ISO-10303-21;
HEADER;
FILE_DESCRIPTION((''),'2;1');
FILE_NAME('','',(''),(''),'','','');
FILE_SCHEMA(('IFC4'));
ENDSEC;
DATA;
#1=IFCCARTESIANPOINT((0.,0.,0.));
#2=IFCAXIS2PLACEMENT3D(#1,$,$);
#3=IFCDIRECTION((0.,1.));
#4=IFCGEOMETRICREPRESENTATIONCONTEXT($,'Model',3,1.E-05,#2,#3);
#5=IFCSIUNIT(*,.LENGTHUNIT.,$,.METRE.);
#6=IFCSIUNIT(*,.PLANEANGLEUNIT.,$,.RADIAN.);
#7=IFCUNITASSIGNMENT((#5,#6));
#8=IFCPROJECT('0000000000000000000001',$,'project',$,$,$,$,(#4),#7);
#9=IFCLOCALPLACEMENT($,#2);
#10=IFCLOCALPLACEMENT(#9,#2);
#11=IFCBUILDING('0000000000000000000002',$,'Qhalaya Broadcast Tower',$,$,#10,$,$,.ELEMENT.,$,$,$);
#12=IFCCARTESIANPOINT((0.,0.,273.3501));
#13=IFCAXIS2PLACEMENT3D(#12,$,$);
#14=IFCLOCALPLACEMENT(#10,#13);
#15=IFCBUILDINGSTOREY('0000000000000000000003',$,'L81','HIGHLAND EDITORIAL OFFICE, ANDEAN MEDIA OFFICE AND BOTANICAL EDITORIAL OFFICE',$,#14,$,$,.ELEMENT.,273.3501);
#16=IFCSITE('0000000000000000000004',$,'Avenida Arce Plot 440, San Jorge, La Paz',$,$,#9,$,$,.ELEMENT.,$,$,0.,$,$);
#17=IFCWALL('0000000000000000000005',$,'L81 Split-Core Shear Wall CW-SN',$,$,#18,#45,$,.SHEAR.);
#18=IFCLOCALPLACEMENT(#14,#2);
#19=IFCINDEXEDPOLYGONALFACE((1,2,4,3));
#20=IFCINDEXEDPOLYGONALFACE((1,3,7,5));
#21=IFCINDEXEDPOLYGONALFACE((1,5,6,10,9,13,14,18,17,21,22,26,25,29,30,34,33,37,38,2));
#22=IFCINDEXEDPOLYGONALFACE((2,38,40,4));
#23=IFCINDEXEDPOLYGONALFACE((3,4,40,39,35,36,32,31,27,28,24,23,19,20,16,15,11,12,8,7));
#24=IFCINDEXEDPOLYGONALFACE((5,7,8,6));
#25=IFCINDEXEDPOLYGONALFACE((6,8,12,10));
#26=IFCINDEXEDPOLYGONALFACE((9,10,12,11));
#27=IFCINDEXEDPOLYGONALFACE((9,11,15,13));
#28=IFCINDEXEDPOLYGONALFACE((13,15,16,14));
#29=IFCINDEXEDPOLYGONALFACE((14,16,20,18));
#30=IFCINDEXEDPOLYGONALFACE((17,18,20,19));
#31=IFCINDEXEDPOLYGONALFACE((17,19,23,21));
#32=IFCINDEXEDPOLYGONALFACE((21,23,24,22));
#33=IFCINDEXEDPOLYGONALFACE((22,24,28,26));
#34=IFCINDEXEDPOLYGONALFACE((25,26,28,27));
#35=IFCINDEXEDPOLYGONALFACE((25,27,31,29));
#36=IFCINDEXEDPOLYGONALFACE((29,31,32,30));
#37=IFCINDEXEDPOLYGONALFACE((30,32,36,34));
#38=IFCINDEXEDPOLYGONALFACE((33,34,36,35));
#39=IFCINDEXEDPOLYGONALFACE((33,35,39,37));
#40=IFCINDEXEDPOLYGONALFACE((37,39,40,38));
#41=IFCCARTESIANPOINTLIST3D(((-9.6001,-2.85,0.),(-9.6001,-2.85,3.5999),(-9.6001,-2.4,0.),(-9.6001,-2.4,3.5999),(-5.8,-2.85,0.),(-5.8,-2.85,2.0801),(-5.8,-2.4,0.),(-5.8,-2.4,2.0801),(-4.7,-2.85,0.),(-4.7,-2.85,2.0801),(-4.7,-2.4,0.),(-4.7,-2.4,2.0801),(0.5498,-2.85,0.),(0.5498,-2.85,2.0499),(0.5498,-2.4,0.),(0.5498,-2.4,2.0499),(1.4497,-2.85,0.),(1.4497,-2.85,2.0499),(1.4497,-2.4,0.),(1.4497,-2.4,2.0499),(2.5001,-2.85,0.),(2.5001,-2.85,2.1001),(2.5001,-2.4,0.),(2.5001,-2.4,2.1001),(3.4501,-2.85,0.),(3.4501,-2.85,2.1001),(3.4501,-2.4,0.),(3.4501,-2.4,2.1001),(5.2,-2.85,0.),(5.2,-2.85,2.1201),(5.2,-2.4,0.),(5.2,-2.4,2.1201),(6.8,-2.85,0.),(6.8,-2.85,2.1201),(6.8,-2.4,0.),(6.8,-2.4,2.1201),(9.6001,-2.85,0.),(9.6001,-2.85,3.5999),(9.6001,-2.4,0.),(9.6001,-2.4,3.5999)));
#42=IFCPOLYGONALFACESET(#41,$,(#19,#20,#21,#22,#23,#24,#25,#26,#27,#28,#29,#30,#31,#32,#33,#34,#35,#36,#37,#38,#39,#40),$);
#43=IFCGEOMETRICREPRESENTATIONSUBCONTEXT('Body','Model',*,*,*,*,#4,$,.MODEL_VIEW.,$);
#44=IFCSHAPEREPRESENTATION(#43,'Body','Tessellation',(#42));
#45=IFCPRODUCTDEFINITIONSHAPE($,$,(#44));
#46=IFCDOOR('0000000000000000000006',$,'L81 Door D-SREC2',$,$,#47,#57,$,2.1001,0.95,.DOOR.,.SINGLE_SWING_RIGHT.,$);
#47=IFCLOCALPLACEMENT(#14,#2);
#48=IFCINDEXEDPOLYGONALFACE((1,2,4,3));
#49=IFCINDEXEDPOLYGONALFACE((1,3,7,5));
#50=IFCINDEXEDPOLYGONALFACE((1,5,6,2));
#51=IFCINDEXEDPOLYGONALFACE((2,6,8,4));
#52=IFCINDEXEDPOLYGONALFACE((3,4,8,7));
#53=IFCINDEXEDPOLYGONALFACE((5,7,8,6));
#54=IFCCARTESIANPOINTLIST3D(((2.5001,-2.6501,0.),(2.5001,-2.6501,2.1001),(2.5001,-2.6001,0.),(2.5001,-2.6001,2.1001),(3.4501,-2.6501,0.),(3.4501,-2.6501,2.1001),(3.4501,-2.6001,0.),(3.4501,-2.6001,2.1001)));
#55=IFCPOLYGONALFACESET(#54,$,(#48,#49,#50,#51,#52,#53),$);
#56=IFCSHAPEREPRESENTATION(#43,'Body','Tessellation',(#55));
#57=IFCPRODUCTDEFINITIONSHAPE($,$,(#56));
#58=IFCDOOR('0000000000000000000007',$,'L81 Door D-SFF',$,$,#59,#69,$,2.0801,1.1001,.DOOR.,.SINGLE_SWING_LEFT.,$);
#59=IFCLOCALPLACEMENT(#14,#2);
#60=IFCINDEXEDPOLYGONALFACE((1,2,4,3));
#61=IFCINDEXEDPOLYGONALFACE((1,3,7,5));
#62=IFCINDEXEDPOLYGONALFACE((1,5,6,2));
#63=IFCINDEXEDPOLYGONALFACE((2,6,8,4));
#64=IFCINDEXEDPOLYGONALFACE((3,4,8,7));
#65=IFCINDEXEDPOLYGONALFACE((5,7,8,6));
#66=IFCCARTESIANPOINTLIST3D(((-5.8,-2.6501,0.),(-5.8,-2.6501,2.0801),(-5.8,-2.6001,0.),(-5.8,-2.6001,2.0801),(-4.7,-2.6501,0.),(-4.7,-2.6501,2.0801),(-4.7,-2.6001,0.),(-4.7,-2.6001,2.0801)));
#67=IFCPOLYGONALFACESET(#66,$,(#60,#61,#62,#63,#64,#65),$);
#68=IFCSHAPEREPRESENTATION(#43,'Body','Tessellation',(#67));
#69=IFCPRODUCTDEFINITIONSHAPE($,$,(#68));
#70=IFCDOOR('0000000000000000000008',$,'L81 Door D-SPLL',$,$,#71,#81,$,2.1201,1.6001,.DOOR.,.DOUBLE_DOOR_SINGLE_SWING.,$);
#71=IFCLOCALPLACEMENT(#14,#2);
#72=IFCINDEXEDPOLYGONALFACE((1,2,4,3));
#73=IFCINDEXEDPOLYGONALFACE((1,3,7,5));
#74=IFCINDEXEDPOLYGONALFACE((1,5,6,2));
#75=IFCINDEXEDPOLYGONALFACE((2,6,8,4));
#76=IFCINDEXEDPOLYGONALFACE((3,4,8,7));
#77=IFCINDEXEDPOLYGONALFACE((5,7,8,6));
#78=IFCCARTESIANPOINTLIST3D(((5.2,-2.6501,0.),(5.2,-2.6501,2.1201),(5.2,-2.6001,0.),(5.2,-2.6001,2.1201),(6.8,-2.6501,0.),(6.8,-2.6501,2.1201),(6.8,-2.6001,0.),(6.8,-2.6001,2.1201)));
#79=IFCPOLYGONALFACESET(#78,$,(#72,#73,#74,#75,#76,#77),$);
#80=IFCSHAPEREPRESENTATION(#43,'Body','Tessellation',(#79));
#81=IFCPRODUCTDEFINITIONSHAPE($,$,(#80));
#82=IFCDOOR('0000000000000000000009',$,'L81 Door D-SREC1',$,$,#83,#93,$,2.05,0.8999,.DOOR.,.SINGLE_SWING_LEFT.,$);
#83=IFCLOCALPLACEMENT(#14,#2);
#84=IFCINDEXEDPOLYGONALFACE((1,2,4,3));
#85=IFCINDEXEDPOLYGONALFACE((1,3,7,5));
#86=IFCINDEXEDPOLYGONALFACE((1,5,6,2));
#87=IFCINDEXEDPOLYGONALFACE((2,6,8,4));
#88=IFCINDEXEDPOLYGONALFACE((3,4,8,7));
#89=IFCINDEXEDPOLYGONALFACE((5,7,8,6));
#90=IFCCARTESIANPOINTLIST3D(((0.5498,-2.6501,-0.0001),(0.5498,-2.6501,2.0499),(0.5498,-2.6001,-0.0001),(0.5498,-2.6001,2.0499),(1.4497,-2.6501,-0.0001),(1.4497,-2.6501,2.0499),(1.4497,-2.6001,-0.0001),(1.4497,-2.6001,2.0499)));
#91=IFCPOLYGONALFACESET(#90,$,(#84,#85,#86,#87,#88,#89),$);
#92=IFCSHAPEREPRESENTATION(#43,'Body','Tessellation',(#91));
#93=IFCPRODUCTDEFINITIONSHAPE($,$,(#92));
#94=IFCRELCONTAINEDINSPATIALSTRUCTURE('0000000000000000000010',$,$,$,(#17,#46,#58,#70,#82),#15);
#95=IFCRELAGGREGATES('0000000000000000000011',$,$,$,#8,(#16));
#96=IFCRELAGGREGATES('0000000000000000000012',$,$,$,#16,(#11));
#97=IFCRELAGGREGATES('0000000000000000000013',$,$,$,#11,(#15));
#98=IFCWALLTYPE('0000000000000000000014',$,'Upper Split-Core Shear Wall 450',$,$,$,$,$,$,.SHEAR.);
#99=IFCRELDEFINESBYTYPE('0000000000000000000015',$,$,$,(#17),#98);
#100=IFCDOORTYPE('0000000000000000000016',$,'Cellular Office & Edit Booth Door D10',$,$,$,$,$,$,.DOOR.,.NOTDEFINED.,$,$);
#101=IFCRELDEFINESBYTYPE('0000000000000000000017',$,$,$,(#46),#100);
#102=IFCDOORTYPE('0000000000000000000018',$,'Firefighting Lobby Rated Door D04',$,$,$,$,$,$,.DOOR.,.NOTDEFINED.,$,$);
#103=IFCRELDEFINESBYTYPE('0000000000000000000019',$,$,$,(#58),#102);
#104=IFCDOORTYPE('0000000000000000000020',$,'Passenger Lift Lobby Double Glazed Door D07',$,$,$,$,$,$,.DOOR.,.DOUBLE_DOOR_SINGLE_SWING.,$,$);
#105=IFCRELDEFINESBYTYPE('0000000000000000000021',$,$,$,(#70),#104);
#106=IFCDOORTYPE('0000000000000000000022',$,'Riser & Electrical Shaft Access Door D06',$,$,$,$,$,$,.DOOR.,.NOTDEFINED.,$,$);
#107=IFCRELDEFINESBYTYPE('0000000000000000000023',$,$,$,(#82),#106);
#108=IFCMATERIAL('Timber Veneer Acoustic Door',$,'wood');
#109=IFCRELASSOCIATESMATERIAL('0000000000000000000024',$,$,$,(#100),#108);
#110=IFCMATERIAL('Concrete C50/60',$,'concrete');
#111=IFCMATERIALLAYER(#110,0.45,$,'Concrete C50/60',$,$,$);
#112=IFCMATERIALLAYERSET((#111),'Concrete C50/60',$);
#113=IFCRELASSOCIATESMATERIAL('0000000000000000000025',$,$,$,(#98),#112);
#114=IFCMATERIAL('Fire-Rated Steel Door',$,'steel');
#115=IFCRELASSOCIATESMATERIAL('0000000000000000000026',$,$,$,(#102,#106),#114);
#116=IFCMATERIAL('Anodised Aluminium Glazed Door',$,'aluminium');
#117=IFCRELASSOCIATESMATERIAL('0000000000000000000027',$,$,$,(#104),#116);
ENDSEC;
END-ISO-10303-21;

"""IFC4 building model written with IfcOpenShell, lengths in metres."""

from ifc_helpers import new_model, si_unit, direction, frame, frame_2d, origin, place, context, subcontext, project, spatial, rectangle, extrude, material, layer, layer_set, type_object, element, fill, save


model = new_model("IFC4")

# Units and contexts
model_context = context("Model", 3, precision=1e-05, world=origin(), true_north=direction((0.0, 1.0)))
body_context = subcontext(model_context, "Body", "Model", "MODEL_VIEW")
ifc_project = project(units=[si_unit("LENGTHUNIT", "METRE"), si_unit("PLANEANGLEUNIT", "RADIAN")], contexts=[model_context])

# Site, building, storey
site_placement = place(None, origin())
site = spatial("IfcSite", under=ifc_project, at=site_placement, Name="Avenida Arce Plot 440, San Jorge, La Paz", CompositionType="ELEMENT", RefElevation=0.0)
building_placement = place(site_placement, origin())
building = spatial("IfcBuilding", under=site, at=building_placement, Name="Qhalaya Broadcast Tower", CompositionType="ELEMENT")
storey_placement = place(building_placement, frame((0.0, 0.0, 273.3501)))
storey = spatial("IfcBuildingStorey", under=building, at=storey_placement, Name="L81", Description="HIGHLAND EDITORIAL OFFICE, ANDEAN MEDIA OFFICE AND BOTANICAL EDITORIAL OFFICE", CompositionType="ELEMENT", Elevation=273.3501)

# Shared definitions
ifc_material_1 = material(Name="Timber Veneer Acoustic Door", Category="wood")
door_type_1 = type_object("IfcDoorType", Name="Cellular Office & Edit Booth Door D10", OperationType="NOTDEFINED", PredefinedType="DOOR", material=ifc_material_1)

# Wall, openings, doors
ifc_material_2 = material(Name="Concrete C50/60", Category="concrete")
ifc_layer_1 = layer(ifc_material_2, 0.45, Name="Concrete C50/60")
ifc_layer_set_1 = layer_set([ifc_layer_1], Name="Concrete C50/60")
wall_type_1 = type_object("IfcWallType", Name="Upper Split-Core Shear Wall 450", PredefinedType="SHEAR", material=ifc_layer_set_1)
wall_1_placement = place(storey_placement, frame((-9.6001, -2.625, 0.0), z_axis=(0.0, 0.0, 1.0), x_axis=(1.0, 0.0, 0.0)))
wall_1 = element("IfcWall", 1, at=wall_1_placement, inside=storey, type_object=wall_type_1, Name="L81 Split-Core Shear Wall CW-SN", PredefinedType="SHEAR", context=body_context, shape_type="SweptSolid", body=[
    extrude(rectangle(XDim=19.2002, YDim=0.45, at=frame_2d((9.6001, 0.0))), origin(), (0.0, 0.0, 1.0), 3.5999),
])
opening_1_placement = place(wall_1_placement, frame((3.8, 0.0, 0.0)))
opening_1 = element("IfcOpeningElement", 2, at=opening_1_placement, cuts=wall_1, PredefinedType="OPENING", context=body_context, shape_type="SweptSolid", body=[
    extrude(rectangle(XDim=1.1001, YDim=2.0801, at=frame_2d((0.55, 1.04))), frame((0.0, 0.2371, 0.0), z_axis=(0.0, -1.0, 0.0), x_axis=(1.0, 0.0, 0.0)), (0.0, 0.0, 1.0), 0.4739),
])
opening_2_placement = place(wall_1_placement, frame((10.1499, 0.0, 0.0)))
opening_2 = element("IfcOpeningElement", 3, at=opening_2_placement, cuts=wall_1, PredefinedType="OPENING", context=body_context, shape_type="SweptSolid", body=[
    extrude(rectangle(XDim=0.8999, YDim=2.05, at=frame_2d((0.45, 1.0249))), frame((0.0, 0.2371, 0.0), z_axis=(0.0, -1.0, 0.0), x_axis=(1.0, 0.0, 0.0)), (0.0, 0.0, 1.0), 0.4739),
])
opening_3_placement = place(wall_1_placement, frame((12.1001, 0.0, 0.0)))
opening_3 = element("IfcOpeningElement", 4, at=opening_3_placement, cuts=wall_1, PredefinedType="OPENING", context=body_context, shape_type="SweptSolid", body=[
    extrude(rectangle(XDim=0.95, YDim=2.1001, at=frame_2d((0.4751, 1.05))), frame((0.0, 0.2371, 0.0), z_axis=(0.0, -1.0, 0.0), x_axis=(1.0, 0.0, 0.0)), (0.0, 0.0, 1.0), 0.4739),
])
opening_4_placement = place(wall_1_placement, frame((14.8, 0.0, 0.0)))
opening_4 = element("IfcOpeningElement", 5, at=opening_4_placement, cuts=wall_1, PredefinedType="OPENING", context=body_context, shape_type="SweptSolid", body=[
    extrude(rectangle(XDim=1.6001, YDim=2.1201, at=frame_2d((0.8, 1.0601))), frame((0.0, 0.2371, 0.0), z_axis=(0.0, -1.0, 0.0), x_axis=(1.0, 0.0, 0.0)), (0.0, 0.0, 1.0), 0.4739),
])
door_1_placement = place(opening_3_placement, origin())
door_1 = element("IfcDoor", 6, at=door_1_placement, inside=storey, type_object=door_type_1, Name="L81 Door D-SREC2", OperationType="SINGLE_SWING_RIGHT", OverallHeight=2.1001, OverallWidth=0.95, PredefinedType="DOOR", context=body_context, shape_type="SweptSolid", body=[
    extrude(rectangle(XDim=0.95, YDim=2.1001, at=frame_2d((0.4751, 1.05))), frame((0.0, 0.0249, 0.0), z_axis=(0.0, -1.0, 0.0), x_axis=(1.0, 0.0, 0.0)), (0.0, 0.0, 1.0), 0.05),
])
fill(opening_3, door_1)
ifc_material_3 = material(Name="Fire-Rated Steel Door", Category="steel")
door_type_2 = type_object("IfcDoorType", Name="Firefighting Lobby Rated Door D04", OperationType="NOTDEFINED", PredefinedType="DOOR", material=ifc_material_3)
door_2_placement = place(opening_1_placement, origin())
door_2 = element("IfcDoor", 7, at=door_2_placement, inside=storey, type_object=door_type_2, Name="L81 Door D-SFF", OperationType="SINGLE_SWING_LEFT", OverallHeight=2.0801, OverallWidth=1.1001, PredefinedType="DOOR", context=body_context, shape_type="SweptSolid", body=[
    extrude(rectangle(XDim=1.1001, YDim=2.0801, at=frame_2d((0.55, 1.04))), frame((0.0, 0.0249, 0.0), z_axis=(0.0, -1.0, 0.0), x_axis=(1.0, 0.0, 0.0)), (0.0, 0.0, 1.0), 0.05),
])
fill(opening_1, door_2)
ifc_material_4 = material(Name="Anodised Aluminium Glazed Door", Category="aluminium")
door_type_3 = type_object("IfcDoorType", Name="Passenger Lift Lobby Double Glazed Door D07", OperationType="DOUBLE_DOOR_SINGLE_SWING", PredefinedType="DOOR", material=ifc_material_4)
door_3_placement = place(opening_4_placement, origin())
door_3 = element("IfcDoor", 8, at=door_3_placement, inside=storey, type_object=door_type_3, Name="L81 Door D-SPLL", OperationType="DOUBLE_DOOR_SINGLE_SWING", OverallHeight=2.1201, OverallWidth=1.6001, PredefinedType="DOOR", context=body_context, shape_type="SweptSolid", body=[
    extrude(rectangle(XDim=1.6001, YDim=2.1201, at=frame_2d((0.8, 1.0601))), frame((0.0, 0.0249, 0.0), z_axis=(0.0, -1.0, 0.0), x_axis=(1.0, 0.0, 0.0)), (0.0, 0.0, 1.0), 0.05),
])
fill(opening_4, door_3)
door_type_4 = type_object("IfcDoorType", Name="Riser & Electrical Shaft Access Door D06", OperationType="NOTDEFINED", PredefinedType="DOOR", material=ifc_material_3)
door_4_placement = place(opening_2_placement, origin())
door_4 = element("IfcDoor", 9, at=door_4_placement, inside=storey, type_object=door_type_4, Name="L81 Door D-SREC1", OperationType="SINGLE_SWING_LEFT", OverallHeight=2.05, OverallWidth=0.8999, PredefinedType="DOOR", context=body_context, shape_type="SweptSolid", body=[
    extrude(rectangle(XDim=0.8999, YDim=2.05, at=frame_2d((0.45, 1.0249))), frame((0.0, 0.0249, 0.0), z_axis=(0.0, -1.0, 0.0), x_axis=(1.0, 0.0, 0.0)), (0.0, 0.0, 1.0), 0.05),
])
fill(opening_2, door_4)

save(model, "model.ifc")
